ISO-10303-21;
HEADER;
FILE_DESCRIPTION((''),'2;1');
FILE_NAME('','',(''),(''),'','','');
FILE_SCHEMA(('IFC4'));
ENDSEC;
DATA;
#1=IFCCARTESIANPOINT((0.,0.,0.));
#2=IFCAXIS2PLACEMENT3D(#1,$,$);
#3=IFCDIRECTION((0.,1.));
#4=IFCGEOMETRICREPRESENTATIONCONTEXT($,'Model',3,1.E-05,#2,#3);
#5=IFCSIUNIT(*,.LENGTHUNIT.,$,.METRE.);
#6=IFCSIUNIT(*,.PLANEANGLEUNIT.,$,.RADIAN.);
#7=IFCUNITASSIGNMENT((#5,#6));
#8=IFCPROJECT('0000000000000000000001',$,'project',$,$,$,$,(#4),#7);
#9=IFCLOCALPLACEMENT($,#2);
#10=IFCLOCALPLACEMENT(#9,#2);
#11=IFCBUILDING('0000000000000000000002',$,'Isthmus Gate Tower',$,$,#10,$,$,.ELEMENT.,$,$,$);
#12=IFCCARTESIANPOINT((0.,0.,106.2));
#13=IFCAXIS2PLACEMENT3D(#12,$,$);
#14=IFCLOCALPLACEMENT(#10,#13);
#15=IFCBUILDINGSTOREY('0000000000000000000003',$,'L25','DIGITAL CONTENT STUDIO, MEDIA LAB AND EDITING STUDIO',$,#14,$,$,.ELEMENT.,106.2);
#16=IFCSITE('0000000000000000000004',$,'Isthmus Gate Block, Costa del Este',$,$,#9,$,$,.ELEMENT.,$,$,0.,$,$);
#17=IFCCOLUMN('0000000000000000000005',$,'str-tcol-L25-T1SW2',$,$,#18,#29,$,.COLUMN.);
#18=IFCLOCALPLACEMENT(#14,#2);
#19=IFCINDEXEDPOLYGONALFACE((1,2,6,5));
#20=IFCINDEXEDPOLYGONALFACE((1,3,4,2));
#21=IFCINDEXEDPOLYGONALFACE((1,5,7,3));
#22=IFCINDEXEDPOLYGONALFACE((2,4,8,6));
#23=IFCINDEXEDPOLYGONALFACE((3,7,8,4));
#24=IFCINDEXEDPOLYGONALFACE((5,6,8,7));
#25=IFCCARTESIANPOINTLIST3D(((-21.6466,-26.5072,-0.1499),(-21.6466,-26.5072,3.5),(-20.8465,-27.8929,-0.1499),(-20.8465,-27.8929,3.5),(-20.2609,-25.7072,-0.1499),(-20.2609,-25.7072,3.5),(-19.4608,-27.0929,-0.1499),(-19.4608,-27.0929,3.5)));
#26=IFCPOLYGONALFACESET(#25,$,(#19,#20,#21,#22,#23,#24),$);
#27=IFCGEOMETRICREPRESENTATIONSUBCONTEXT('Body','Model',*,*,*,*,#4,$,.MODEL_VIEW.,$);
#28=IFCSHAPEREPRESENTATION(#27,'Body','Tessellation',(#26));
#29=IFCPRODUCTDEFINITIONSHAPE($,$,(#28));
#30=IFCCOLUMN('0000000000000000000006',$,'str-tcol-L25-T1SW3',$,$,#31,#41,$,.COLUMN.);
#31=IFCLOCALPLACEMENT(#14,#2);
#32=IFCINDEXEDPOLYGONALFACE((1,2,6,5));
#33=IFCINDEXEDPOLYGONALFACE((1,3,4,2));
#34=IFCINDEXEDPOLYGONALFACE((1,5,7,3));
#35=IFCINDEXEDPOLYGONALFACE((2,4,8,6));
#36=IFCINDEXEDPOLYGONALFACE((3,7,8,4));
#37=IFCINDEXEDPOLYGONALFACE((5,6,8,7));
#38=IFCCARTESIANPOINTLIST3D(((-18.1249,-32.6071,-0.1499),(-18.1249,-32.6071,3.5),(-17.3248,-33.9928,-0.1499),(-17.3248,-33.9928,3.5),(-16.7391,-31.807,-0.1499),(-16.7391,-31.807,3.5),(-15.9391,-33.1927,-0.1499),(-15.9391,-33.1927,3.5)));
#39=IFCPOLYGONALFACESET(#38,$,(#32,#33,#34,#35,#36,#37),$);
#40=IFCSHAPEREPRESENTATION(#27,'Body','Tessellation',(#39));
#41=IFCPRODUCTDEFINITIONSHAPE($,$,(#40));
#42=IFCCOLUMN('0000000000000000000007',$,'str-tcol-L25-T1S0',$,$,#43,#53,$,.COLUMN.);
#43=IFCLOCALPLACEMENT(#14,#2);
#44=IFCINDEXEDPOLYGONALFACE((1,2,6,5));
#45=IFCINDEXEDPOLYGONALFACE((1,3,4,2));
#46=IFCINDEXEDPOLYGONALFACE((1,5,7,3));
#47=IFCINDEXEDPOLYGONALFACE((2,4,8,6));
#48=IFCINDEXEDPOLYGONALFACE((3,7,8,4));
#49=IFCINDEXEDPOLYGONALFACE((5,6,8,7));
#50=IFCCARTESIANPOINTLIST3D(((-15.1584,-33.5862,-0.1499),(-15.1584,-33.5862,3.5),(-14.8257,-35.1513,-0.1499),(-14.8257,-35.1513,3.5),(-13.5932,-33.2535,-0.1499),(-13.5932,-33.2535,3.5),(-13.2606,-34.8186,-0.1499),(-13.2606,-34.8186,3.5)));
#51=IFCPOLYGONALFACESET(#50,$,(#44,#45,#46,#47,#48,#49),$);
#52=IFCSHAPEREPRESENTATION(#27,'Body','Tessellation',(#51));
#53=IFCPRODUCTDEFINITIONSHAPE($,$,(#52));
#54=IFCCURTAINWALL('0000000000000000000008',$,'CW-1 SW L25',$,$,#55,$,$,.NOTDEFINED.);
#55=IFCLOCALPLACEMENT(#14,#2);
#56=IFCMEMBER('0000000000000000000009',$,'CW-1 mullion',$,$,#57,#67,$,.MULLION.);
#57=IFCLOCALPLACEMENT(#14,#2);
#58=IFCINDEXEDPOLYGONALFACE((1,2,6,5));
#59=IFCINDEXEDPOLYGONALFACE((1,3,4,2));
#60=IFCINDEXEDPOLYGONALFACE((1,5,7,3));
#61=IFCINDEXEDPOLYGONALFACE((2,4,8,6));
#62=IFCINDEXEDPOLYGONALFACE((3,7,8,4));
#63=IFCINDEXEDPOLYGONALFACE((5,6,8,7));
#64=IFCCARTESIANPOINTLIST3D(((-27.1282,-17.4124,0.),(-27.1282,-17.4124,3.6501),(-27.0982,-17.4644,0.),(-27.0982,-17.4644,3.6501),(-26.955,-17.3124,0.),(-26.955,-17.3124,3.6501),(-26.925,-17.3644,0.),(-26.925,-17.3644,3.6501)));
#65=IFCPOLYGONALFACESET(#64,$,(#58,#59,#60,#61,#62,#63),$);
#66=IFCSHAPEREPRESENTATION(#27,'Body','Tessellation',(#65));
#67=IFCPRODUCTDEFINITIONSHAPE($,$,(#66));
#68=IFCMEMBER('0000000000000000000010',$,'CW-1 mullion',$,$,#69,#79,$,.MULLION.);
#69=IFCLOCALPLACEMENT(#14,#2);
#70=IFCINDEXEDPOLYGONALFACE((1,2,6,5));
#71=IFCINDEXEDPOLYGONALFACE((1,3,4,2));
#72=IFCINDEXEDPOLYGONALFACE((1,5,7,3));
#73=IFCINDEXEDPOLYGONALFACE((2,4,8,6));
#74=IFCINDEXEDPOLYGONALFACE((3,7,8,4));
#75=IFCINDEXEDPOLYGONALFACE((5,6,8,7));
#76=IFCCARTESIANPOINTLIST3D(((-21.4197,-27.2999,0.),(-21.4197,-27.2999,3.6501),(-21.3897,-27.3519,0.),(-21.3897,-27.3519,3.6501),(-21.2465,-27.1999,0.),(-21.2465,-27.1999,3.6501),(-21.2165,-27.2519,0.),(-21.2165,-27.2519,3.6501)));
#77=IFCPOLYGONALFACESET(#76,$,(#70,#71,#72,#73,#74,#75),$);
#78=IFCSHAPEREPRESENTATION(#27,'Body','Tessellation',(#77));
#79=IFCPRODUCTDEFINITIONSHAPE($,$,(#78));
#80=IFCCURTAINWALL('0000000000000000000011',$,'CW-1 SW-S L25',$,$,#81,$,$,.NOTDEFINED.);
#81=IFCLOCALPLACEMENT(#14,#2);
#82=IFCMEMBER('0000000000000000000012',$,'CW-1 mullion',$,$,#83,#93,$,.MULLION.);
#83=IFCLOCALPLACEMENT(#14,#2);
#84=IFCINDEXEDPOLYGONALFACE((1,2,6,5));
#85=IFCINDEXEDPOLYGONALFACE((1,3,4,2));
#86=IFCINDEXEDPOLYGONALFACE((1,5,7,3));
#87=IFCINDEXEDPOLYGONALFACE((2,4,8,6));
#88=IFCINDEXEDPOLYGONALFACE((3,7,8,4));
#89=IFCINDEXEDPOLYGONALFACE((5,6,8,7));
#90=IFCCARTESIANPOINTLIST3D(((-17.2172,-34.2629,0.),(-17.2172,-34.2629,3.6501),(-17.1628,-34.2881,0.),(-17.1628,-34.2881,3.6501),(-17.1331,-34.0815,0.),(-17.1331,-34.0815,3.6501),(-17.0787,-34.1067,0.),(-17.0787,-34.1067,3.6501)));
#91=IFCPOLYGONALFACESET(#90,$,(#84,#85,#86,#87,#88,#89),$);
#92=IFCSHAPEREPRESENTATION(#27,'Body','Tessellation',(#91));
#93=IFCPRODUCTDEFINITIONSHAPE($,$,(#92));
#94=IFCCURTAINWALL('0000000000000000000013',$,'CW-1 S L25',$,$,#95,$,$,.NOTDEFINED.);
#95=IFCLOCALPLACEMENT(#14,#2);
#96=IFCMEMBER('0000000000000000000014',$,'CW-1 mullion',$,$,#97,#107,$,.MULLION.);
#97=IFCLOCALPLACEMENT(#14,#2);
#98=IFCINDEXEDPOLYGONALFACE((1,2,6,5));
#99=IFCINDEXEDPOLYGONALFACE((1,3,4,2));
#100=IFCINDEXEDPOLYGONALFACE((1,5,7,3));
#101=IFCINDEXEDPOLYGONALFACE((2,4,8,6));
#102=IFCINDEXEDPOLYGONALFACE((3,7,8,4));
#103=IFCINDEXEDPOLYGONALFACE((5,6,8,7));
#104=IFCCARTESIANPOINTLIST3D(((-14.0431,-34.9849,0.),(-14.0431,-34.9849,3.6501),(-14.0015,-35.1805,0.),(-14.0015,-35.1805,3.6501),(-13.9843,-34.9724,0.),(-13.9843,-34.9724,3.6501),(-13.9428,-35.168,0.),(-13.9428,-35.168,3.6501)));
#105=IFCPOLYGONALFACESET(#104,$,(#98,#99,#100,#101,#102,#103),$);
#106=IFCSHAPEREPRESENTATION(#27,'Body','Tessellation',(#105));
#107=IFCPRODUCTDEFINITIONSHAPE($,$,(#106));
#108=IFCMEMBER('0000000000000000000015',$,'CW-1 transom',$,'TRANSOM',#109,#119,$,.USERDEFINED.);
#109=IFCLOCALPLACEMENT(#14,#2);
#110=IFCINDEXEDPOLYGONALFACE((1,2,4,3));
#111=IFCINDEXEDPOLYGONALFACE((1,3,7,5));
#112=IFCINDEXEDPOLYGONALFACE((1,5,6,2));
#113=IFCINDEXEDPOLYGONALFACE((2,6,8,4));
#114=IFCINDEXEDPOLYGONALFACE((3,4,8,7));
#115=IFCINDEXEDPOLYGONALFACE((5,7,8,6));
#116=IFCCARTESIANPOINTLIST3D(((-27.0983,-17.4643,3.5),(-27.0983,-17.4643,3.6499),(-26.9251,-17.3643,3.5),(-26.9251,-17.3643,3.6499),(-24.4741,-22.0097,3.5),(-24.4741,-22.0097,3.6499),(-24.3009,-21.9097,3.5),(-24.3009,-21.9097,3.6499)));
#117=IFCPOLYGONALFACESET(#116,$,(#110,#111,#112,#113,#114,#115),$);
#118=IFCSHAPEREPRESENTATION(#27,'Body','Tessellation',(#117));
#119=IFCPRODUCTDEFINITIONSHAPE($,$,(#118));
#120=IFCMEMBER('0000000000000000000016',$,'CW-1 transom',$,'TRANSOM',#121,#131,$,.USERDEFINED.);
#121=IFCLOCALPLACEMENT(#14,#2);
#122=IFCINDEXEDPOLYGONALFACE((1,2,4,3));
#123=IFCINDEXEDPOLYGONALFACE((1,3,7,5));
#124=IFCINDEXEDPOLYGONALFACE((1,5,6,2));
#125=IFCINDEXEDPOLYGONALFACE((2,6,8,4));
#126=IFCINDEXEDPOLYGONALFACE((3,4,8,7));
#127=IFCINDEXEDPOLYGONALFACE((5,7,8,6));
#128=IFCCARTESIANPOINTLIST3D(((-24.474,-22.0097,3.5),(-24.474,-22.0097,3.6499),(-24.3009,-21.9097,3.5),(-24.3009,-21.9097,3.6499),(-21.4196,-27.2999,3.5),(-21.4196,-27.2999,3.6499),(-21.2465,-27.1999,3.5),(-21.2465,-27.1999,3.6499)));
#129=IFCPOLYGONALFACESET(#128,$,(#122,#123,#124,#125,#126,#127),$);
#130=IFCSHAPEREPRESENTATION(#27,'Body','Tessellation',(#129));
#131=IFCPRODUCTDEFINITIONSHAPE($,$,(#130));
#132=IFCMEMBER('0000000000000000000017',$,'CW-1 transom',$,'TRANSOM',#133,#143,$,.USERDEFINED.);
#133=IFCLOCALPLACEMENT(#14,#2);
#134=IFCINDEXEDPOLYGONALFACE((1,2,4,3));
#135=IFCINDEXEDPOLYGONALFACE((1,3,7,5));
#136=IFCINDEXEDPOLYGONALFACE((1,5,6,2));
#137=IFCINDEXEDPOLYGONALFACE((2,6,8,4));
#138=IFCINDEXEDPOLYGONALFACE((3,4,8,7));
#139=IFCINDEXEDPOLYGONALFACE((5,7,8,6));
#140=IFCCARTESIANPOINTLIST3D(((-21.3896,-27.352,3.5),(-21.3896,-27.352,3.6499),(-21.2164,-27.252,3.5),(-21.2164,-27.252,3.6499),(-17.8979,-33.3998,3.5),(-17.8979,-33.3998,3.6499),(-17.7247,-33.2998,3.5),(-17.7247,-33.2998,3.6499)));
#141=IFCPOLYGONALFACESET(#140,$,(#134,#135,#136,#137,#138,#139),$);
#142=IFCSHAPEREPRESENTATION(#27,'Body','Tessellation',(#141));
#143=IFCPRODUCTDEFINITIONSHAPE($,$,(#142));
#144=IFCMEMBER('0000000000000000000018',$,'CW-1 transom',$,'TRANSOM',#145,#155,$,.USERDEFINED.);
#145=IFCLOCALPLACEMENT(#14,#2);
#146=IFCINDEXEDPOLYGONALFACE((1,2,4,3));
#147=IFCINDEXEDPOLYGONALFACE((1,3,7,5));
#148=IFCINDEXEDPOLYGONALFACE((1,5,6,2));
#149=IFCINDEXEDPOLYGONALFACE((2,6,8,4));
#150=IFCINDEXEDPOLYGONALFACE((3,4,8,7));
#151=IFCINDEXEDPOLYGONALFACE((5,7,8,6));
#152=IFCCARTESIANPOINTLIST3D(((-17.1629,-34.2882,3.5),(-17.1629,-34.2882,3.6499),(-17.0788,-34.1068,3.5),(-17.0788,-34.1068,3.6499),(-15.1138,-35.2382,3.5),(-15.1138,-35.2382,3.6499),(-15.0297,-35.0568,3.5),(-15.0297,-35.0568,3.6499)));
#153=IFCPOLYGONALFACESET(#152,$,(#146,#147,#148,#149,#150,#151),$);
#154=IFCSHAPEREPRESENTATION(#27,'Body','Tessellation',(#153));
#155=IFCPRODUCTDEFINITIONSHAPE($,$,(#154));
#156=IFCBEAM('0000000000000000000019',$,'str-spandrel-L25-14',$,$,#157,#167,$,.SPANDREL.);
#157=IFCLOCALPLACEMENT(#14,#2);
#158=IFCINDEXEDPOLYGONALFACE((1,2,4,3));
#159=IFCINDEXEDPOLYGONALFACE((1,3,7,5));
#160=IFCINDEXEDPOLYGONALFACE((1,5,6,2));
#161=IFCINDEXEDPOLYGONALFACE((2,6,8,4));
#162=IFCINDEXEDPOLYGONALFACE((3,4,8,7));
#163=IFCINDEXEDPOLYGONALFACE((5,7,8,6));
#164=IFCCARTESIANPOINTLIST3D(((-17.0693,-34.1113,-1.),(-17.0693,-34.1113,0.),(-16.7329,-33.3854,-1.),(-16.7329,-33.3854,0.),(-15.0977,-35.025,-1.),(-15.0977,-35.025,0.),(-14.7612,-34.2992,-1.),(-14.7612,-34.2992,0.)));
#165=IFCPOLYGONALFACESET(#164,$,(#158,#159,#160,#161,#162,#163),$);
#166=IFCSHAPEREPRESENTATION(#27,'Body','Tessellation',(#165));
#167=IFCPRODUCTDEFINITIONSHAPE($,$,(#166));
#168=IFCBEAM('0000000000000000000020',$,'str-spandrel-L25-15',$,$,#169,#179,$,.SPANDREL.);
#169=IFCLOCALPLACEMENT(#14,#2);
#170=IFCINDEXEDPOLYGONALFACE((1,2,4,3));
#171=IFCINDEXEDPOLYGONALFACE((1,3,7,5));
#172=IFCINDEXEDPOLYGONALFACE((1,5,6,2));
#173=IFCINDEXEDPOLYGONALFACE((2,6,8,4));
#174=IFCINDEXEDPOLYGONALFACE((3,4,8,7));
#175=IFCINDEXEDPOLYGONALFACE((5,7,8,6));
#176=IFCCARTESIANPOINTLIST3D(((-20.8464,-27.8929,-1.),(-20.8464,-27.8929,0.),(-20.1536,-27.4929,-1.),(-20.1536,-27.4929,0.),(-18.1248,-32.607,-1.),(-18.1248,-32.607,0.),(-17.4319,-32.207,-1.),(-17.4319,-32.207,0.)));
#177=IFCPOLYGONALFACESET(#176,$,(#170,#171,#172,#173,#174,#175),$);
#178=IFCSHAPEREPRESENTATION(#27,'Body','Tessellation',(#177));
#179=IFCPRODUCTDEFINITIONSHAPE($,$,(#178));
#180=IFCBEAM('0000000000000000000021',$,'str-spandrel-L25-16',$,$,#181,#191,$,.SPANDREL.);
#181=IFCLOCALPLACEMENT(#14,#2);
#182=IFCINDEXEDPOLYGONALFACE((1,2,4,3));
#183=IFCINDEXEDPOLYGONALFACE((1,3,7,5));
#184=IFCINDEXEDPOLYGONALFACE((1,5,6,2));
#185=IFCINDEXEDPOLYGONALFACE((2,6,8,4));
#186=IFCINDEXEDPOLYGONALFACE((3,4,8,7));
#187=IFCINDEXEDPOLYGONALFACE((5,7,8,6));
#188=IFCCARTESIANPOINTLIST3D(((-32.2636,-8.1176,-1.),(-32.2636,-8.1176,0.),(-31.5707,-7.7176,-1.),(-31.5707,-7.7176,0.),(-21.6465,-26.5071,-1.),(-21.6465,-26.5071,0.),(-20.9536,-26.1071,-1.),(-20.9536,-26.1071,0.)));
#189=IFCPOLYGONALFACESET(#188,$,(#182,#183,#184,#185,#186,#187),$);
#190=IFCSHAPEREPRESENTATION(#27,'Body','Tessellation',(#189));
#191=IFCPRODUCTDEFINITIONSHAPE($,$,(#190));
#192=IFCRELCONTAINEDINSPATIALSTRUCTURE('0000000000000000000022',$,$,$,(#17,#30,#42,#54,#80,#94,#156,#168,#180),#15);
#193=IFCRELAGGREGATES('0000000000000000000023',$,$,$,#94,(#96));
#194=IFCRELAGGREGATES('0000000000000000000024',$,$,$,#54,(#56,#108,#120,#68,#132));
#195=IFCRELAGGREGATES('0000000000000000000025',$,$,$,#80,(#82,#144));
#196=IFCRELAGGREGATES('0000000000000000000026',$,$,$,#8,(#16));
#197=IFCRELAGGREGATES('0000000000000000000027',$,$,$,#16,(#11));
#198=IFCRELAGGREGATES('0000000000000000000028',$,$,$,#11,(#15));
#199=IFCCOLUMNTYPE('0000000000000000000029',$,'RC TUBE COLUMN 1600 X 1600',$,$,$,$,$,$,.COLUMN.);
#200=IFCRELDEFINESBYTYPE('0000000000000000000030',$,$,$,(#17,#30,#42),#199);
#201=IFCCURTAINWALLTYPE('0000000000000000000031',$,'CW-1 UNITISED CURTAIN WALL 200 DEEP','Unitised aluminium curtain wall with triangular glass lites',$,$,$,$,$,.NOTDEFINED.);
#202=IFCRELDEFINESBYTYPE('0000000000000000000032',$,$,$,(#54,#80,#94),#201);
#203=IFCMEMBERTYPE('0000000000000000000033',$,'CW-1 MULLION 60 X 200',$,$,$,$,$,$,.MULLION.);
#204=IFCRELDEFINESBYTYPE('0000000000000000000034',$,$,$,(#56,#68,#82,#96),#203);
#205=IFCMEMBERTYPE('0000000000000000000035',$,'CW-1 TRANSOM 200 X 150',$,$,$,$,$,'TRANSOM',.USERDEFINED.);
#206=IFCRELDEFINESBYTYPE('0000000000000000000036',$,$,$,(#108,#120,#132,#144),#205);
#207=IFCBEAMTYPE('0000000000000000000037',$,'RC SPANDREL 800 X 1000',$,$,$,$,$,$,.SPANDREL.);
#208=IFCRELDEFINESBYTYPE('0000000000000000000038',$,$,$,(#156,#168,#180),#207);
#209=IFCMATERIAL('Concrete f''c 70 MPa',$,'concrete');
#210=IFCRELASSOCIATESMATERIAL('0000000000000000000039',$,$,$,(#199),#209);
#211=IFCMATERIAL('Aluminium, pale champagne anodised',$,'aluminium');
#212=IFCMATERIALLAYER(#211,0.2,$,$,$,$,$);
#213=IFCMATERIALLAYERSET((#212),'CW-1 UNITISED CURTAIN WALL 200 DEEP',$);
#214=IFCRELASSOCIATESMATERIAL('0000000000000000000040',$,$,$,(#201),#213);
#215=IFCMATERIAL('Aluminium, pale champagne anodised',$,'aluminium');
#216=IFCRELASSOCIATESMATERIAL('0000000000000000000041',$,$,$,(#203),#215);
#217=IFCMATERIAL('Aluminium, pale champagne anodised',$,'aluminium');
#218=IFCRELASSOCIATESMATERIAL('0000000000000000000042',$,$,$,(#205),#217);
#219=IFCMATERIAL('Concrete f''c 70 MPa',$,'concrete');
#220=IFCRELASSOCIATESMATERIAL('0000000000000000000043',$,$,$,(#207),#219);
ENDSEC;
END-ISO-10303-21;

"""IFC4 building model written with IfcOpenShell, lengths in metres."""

from ifc_helpers import new_model, si_unit, direction, frame, origin, origin_2d, place, context, subcontext, project, spatial, rectangle, extrude, material, layer, layer_set, material_profile, profile_set, type_object, element, aggregate, save


model = new_model("IFC4")

# Units and contexts
model_context = context("Model", 3, precision=1e-05, world=origin(), true_north=direction((0.0, 1.0)))
body_context = subcontext(model_context, "Body", "Model", "MODEL_VIEW")
ifc_project = project(units=[si_unit("LENGTHUNIT", "METRE"), si_unit("PLANEANGLEUNIT", "RADIAN")], contexts=[model_context])

# Site, building, storey
site_placement = place(None, origin())
site = spatial("IfcSite", under=ifc_project, at=site_placement, Name="Isthmus Gate Block, Costa del Este", CompositionType="ELEMENT", RefElevation=0.0)
building_placement = place(site_placement, origin())
building = spatial("IfcBuilding", under=site, at=building_placement, Name="Isthmus Gate Tower", CompositionType="ELEMENT")
storey_placement = place(building_placement, frame((0.0, 0.0, 106.2)))
storey = spatial("IfcBuildingStorey", under=building, at=storey_placement, Name="L25", Description="DIGITAL CONTENT STUDIO, MEDIA LAB AND EDITING STUDIO", CompositionType="ELEMENT", Elevation=106.2)

# Columns
ifc_material_1 = material(Name="Concrete f'c 70 MPa", Category="concrete")
ifc_material_profile_1 = material_profile(ifc_material_1, rectangle(XDim=1.6001, YDim=1.6001, at=origin_2d()), Name="RC 1600X1600")
ifc_profile_set_1 = profile_set([ifc_material_profile_1], Name="Concrete f'c 70 MPa")
column_type = type_object("IfcColumnType", Name="RC TUBE COLUMN 1600 X 1600", PredefinedType="COLUMN", material=ifc_profile_set_1)
for number, where, z_axis, x_axis, name in (
    (1, (-20.5537, -26.8, -0.1499), (0.0, 0.0, 1.0), (0.5, -0.866025, 0.0), "str-tcol-L25-T1SW2"),
    (2, (-17.032, -32.8999, -0.1499), (0.0, 0.0, 1.0), (0.5, -0.866025, 0.0), "str-tcol-L25-T1SW3"),
    (3, (-14.2095, -34.2024, -0.1499), (0.0, 0.0, 1.0), (0.978148, 0.207912, 0.0), "str-tcol-L25-T1S0"),
):
    element("IfcColumn", number, at=place(storey_placement, frame(where, z_axis=z_axis, x_axis=x_axis)), inside=storey, type_object=column_type, Name=name, PredefinedType="COLUMN", context=body_context, shape_type="SweptSolid", body=[
        extrude(rectangle(XDim=1.6001, YDim=1.6001, at=origin_2d()), origin(), (0.0, 0.0, 1.0), 3.6499),
    ])

# Curtain wall, members
ifc_material_2 = material(Name="Aluminium, pale champagne anodised", Category="aluminium")
ifc_layer_1 = layer(ifc_material_2, 0.2)
ifc_layer_set_1 = layer_set([ifc_layer_1], Name="CW-1 UNITISED CURTAIN WALL 200 DEEP")
curtain_wall_type = type_object("IfcCurtainWallType", Name="CW-1 UNITISED CURTAIN WALL 200 DEEP", Description="Unitised aluminium curtain wall with triangular glass lites", PredefinedType="NOTDEFINED", material=ifc_layer_set_1)
curtain_wall_1_placement = place(storey_placement, origin())
curtain_wall_1 = element("IfcCurtainWall", 4, at=curtain_wall_1_placement, inside=storey, type_object=curtain_wall_type, Name="CW-1 SW L25", PredefinedType="NOTDEFINED")
ifc_material_3 = material(Name="Aluminium, pale champagne anodised", Category="aluminium")
ifc_material_profile_2 = material_profile(ifc_material_3, rectangle(XDim=0.0601, YDim=0.2, at=origin_2d()), Name="60x200")
ifc_profile_set_2 = profile_set([ifc_material_profile_2], Name="Aluminium, pale champagne anodised")
member_type_1 = type_object("IfcMemberType", Name="CW-1 MULLION 60 X 200", PredefinedType="MULLION", material=ifc_profile_set_2)
member_1_placement = place(storey_placement, frame((-27.0266, -17.3884, 0.0), z_axis=(0.0, 0.0, 1.0), x_axis=(0.5, -0.866025, 0.0)))
member_1 = element("IfcMember", 5, at=member_1_placement, type_object=member_type_1, Name="CW-1 mullion", PredefinedType="MULLION", context=body_context, shape_type="SweptSolid", body=[
    extrude(rectangle(XDim=0.0601, YDim=0.2, at=origin_2d()), origin(), (0.0, 0.0, 1.0), 3.6501),
])
member_2_placement = place(storey_placement, frame((-21.3181, -27.2759, 0.0), z_axis=(0.0, 0.0, 1.0), x_axis=(0.5, -0.866025, 0.0)))
member_2 = element("IfcMember", 6, at=member_2_placement, type_object=member_type_1, Name="CW-1 mullion", PredefinedType="MULLION", context=body_context, shape_type="SweptSolid", body=[
    extrude(rectangle(XDim=0.0601, YDim=0.2, at=origin_2d()), origin(), (0.0, 0.0, 1.0), 3.6501),
])

# Curtain walls, members
curtain_wall_2_placement = place(storey_placement, origin())
curtain_wall_2 = element("IfcCurtainWall", 7, at=curtain_wall_2_placement, inside=storey, type_object=curtain_wall_type, Name="CW-1 SW-S L25", PredefinedType="NOTDEFINED")
member_3_placement = place(storey_placement, frame((-17.1479, -34.1848, 0.0), z_axis=(0.0, 0.0, 1.0), x_axis=(0.907256, -0.420578, 0.0)))
member_3 = element("IfcMember", 8, at=member_3_placement, type_object=member_type_1, Name="CW-1 mullion", PredefinedType="MULLION", context=body_context, shape_type="SweptSolid", body=[
    extrude(rectangle(XDim=0.0601, YDim=0.2, at=origin_2d()), origin(), (0.0, 0.0, 1.0), 3.6501),
])
curtain_wall_3_placement = place(storey_placement, origin())
curtain_wall_3 = element("IfcCurtainWall", 9, at=curtain_wall_3_placement, inside=storey, type_object=curtain_wall_type, Name="CW-1 S L25", PredefinedType="NOTDEFINED")
member_4_placement = place(storey_placement, frame((-13.9929, -35.0764, 0.0), z_axis=(0.0, 0.0, 1.0), x_axis=(0.978148, 0.207912, 0.0)))
member_4 = element("IfcMember", 10, at=member_4_placement, type_object=member_type_1, Name="CW-1 mullion", PredefinedType="MULLION", context=body_context, shape_type="SweptSolid", body=[
    extrude(rectangle(XDim=0.0601, YDim=0.2, at=origin_2d()), origin(), (0.0, 0.0, 1.0), 3.6501),
])
aggregate(curtain_wall_3, [member_4])

# Members
ifc_material_4 = material(Name="Aluminium, pale champagne anodised", Category="aluminium")
ifc_material_profile_3 = material_profile(ifc_material_4, rectangle(XDim=0.2, YDim=0.1499, at=origin_2d()), Name="200x150")
ifc_profile_set_3 = profile_set([ifc_material_profile_3], Name="Aluminium, pale champagne anodised")
member_type_2 = type_object("IfcMemberType", Name="CW-1 TRANSOM 200 X 150", ElementType="TRANSOM", PredefinedType="USERDEFINED", material=ifc_profile_set_3)
member_5_placement = place(storey_placement, frame((-27.0117, -17.4143, 3.575), z_axis=(0.499996, -0.866028, 0.0), x_axis=(0.866028, 0.499996, 0.0)))
member_5 = element("IfcMember", 11, at=member_5_placement, type_object=member_type_2, Name="CW-1 transom", ObjectType="TRANSOM", PredefinedType="USERDEFINED", context=body_context, shape_type="SweptSolid", body=[
    extrude(rectangle(XDim=0.2, YDim=0.1499, at=origin_2d()), origin(), (0.0, 0.0, 1.0), 5.2485),
])
member_6_placement = place(storey_placement, frame((-24.3875, -21.9597, 3.575), z_axis=(0.500012, -0.866019, 0.0), x_axis=(0.866019, 0.500012, 0.0)))
member_6 = element("IfcMember", 12, at=member_6_placement, type_object=member_type_2, Name="CW-1 transom", ObjectType="TRANSOM", PredefinedType="USERDEFINED", context=body_context, shape_type="SweptSolid", body=[
    extrude(rectangle(XDim=0.2, YDim=0.1499, at=origin_2d()), origin(), (0.0, 0.0, 1.0), 6.1086),
])
member_7_placement = place(storey_placement, frame((-21.303, -27.302, 3.575), z_axis=(0.499997, -0.866027, 0.0), x_axis=(0.866027, 0.499997, 0.0)))
member_7 = element("IfcMember", 13, at=member_7_placement, type_object=member_type_2, Name="CW-1 transom", ObjectType="TRANSOM", PredefinedType="USERDEFINED", context=body_context, shape_type="SweptSolid", body=[
    extrude(rectangle(XDim=0.2, YDim=0.1499, at=origin_2d()), origin(), (0.0, 0.0, 1.0), 6.9834),
])
member_8_placement = place(storey_placement, frame((-17.1208, -34.1975, 3.575), z_axis=(0.907246, -0.4206, 0.0), x_axis=(0.4206, 0.907246, 0.0)))
member_8 = element("IfcMember", 14, at=member_8_placement, type_object=member_type_2, Name="CW-1 transom", ObjectType="TRANSOM", PredefinedType="USERDEFINED", context=body_context, shape_type="SweptSolid", body=[
    extrude(rectangle(XDim=0.2, YDim=0.1499, at=origin_2d()), origin(), (0.0, 0.0, 1.0), 2.2585),
])

# Beams
ifc_material_5 = material(Name="Concrete f'c 70 MPa", Category="concrete")
ifc_material_profile_4 = material_profile(ifc_material_5, rectangle(XDim=0.8, YDim=1.0, at=origin_2d()), Name="RC 800X1000")
ifc_profile_set_4 = profile_set([ifc_material_profile_4], Name="Concrete f'c 70 MPa")
beam_type_1 = type_object("IfcBeamType", Name="RC SPANDREL 800 X 1000", PredefinedType="SPANDREL", material=ifc_profile_set_4)
beam_1_placement = place(storey_placement, frame((-14.9294, -34.6621, -0.5), z_axis=(-0.907291, 0.420504, 0.0), x_axis=(-0.420504, -0.907291, 0.0)))
element("IfcBeam", 15, at=beam_1_placement, inside=storey, type_object=beam_type_1, Name="str-spandrel-L25-14", PredefinedType="SPANDREL", context=body_context, shape_type="SweptSolid", body=[
    extrude(rectangle(XDim=0.8, YDim=1.0, at=origin_2d()), origin(), (0.0, 0.0, 1.0), 2.1731),
])
beam_2_placement = place(storey_placement, frame((-17.7783, -32.407, -0.5), z_axis=(-0.499998, 0.866026, 0.0), x_axis=(-0.866026, -0.499998, 0.0)))
element("IfcBeam", 16, at=beam_2_placement, inside=storey, type_object=beam_type_1, Name="str-spandrel-L25-15", PredefinedType="SPANDREL", context=body_context, shape_type="SweptSolid", body=[
    extrude(rectangle(XDim=0.8, YDim=1.0, at=origin_2d()), origin(), (0.0, 0.0, 1.0), 5.4434),
])
beam_3_placement = place(storey_placement, frame((-21.3, -26.3071, -0.5), z_axis=(-0.499997, 0.866027, 0.0), x_axis=(-0.866027, -0.499997, 0.0)))
element("IfcBeam", 17, at=beam_3_placement, inside=storey, type_object=beam_type_1, Name="str-spandrel-L25-16", PredefinedType="SPANDREL", context=body_context, shape_type="SweptSolid", body=[
    extrude(rectangle(XDim=0.8, YDim=1.0, at=origin_2d()), origin(), (0.0, 0.0, 1.0), 21.2344),
])

aggregate(curtain_wall_1, [member_1, member_5, member_6, member_2, member_7])
aggregate(curtain_wall_2, [member_3, member_8])

save(model, "model.ifc")
